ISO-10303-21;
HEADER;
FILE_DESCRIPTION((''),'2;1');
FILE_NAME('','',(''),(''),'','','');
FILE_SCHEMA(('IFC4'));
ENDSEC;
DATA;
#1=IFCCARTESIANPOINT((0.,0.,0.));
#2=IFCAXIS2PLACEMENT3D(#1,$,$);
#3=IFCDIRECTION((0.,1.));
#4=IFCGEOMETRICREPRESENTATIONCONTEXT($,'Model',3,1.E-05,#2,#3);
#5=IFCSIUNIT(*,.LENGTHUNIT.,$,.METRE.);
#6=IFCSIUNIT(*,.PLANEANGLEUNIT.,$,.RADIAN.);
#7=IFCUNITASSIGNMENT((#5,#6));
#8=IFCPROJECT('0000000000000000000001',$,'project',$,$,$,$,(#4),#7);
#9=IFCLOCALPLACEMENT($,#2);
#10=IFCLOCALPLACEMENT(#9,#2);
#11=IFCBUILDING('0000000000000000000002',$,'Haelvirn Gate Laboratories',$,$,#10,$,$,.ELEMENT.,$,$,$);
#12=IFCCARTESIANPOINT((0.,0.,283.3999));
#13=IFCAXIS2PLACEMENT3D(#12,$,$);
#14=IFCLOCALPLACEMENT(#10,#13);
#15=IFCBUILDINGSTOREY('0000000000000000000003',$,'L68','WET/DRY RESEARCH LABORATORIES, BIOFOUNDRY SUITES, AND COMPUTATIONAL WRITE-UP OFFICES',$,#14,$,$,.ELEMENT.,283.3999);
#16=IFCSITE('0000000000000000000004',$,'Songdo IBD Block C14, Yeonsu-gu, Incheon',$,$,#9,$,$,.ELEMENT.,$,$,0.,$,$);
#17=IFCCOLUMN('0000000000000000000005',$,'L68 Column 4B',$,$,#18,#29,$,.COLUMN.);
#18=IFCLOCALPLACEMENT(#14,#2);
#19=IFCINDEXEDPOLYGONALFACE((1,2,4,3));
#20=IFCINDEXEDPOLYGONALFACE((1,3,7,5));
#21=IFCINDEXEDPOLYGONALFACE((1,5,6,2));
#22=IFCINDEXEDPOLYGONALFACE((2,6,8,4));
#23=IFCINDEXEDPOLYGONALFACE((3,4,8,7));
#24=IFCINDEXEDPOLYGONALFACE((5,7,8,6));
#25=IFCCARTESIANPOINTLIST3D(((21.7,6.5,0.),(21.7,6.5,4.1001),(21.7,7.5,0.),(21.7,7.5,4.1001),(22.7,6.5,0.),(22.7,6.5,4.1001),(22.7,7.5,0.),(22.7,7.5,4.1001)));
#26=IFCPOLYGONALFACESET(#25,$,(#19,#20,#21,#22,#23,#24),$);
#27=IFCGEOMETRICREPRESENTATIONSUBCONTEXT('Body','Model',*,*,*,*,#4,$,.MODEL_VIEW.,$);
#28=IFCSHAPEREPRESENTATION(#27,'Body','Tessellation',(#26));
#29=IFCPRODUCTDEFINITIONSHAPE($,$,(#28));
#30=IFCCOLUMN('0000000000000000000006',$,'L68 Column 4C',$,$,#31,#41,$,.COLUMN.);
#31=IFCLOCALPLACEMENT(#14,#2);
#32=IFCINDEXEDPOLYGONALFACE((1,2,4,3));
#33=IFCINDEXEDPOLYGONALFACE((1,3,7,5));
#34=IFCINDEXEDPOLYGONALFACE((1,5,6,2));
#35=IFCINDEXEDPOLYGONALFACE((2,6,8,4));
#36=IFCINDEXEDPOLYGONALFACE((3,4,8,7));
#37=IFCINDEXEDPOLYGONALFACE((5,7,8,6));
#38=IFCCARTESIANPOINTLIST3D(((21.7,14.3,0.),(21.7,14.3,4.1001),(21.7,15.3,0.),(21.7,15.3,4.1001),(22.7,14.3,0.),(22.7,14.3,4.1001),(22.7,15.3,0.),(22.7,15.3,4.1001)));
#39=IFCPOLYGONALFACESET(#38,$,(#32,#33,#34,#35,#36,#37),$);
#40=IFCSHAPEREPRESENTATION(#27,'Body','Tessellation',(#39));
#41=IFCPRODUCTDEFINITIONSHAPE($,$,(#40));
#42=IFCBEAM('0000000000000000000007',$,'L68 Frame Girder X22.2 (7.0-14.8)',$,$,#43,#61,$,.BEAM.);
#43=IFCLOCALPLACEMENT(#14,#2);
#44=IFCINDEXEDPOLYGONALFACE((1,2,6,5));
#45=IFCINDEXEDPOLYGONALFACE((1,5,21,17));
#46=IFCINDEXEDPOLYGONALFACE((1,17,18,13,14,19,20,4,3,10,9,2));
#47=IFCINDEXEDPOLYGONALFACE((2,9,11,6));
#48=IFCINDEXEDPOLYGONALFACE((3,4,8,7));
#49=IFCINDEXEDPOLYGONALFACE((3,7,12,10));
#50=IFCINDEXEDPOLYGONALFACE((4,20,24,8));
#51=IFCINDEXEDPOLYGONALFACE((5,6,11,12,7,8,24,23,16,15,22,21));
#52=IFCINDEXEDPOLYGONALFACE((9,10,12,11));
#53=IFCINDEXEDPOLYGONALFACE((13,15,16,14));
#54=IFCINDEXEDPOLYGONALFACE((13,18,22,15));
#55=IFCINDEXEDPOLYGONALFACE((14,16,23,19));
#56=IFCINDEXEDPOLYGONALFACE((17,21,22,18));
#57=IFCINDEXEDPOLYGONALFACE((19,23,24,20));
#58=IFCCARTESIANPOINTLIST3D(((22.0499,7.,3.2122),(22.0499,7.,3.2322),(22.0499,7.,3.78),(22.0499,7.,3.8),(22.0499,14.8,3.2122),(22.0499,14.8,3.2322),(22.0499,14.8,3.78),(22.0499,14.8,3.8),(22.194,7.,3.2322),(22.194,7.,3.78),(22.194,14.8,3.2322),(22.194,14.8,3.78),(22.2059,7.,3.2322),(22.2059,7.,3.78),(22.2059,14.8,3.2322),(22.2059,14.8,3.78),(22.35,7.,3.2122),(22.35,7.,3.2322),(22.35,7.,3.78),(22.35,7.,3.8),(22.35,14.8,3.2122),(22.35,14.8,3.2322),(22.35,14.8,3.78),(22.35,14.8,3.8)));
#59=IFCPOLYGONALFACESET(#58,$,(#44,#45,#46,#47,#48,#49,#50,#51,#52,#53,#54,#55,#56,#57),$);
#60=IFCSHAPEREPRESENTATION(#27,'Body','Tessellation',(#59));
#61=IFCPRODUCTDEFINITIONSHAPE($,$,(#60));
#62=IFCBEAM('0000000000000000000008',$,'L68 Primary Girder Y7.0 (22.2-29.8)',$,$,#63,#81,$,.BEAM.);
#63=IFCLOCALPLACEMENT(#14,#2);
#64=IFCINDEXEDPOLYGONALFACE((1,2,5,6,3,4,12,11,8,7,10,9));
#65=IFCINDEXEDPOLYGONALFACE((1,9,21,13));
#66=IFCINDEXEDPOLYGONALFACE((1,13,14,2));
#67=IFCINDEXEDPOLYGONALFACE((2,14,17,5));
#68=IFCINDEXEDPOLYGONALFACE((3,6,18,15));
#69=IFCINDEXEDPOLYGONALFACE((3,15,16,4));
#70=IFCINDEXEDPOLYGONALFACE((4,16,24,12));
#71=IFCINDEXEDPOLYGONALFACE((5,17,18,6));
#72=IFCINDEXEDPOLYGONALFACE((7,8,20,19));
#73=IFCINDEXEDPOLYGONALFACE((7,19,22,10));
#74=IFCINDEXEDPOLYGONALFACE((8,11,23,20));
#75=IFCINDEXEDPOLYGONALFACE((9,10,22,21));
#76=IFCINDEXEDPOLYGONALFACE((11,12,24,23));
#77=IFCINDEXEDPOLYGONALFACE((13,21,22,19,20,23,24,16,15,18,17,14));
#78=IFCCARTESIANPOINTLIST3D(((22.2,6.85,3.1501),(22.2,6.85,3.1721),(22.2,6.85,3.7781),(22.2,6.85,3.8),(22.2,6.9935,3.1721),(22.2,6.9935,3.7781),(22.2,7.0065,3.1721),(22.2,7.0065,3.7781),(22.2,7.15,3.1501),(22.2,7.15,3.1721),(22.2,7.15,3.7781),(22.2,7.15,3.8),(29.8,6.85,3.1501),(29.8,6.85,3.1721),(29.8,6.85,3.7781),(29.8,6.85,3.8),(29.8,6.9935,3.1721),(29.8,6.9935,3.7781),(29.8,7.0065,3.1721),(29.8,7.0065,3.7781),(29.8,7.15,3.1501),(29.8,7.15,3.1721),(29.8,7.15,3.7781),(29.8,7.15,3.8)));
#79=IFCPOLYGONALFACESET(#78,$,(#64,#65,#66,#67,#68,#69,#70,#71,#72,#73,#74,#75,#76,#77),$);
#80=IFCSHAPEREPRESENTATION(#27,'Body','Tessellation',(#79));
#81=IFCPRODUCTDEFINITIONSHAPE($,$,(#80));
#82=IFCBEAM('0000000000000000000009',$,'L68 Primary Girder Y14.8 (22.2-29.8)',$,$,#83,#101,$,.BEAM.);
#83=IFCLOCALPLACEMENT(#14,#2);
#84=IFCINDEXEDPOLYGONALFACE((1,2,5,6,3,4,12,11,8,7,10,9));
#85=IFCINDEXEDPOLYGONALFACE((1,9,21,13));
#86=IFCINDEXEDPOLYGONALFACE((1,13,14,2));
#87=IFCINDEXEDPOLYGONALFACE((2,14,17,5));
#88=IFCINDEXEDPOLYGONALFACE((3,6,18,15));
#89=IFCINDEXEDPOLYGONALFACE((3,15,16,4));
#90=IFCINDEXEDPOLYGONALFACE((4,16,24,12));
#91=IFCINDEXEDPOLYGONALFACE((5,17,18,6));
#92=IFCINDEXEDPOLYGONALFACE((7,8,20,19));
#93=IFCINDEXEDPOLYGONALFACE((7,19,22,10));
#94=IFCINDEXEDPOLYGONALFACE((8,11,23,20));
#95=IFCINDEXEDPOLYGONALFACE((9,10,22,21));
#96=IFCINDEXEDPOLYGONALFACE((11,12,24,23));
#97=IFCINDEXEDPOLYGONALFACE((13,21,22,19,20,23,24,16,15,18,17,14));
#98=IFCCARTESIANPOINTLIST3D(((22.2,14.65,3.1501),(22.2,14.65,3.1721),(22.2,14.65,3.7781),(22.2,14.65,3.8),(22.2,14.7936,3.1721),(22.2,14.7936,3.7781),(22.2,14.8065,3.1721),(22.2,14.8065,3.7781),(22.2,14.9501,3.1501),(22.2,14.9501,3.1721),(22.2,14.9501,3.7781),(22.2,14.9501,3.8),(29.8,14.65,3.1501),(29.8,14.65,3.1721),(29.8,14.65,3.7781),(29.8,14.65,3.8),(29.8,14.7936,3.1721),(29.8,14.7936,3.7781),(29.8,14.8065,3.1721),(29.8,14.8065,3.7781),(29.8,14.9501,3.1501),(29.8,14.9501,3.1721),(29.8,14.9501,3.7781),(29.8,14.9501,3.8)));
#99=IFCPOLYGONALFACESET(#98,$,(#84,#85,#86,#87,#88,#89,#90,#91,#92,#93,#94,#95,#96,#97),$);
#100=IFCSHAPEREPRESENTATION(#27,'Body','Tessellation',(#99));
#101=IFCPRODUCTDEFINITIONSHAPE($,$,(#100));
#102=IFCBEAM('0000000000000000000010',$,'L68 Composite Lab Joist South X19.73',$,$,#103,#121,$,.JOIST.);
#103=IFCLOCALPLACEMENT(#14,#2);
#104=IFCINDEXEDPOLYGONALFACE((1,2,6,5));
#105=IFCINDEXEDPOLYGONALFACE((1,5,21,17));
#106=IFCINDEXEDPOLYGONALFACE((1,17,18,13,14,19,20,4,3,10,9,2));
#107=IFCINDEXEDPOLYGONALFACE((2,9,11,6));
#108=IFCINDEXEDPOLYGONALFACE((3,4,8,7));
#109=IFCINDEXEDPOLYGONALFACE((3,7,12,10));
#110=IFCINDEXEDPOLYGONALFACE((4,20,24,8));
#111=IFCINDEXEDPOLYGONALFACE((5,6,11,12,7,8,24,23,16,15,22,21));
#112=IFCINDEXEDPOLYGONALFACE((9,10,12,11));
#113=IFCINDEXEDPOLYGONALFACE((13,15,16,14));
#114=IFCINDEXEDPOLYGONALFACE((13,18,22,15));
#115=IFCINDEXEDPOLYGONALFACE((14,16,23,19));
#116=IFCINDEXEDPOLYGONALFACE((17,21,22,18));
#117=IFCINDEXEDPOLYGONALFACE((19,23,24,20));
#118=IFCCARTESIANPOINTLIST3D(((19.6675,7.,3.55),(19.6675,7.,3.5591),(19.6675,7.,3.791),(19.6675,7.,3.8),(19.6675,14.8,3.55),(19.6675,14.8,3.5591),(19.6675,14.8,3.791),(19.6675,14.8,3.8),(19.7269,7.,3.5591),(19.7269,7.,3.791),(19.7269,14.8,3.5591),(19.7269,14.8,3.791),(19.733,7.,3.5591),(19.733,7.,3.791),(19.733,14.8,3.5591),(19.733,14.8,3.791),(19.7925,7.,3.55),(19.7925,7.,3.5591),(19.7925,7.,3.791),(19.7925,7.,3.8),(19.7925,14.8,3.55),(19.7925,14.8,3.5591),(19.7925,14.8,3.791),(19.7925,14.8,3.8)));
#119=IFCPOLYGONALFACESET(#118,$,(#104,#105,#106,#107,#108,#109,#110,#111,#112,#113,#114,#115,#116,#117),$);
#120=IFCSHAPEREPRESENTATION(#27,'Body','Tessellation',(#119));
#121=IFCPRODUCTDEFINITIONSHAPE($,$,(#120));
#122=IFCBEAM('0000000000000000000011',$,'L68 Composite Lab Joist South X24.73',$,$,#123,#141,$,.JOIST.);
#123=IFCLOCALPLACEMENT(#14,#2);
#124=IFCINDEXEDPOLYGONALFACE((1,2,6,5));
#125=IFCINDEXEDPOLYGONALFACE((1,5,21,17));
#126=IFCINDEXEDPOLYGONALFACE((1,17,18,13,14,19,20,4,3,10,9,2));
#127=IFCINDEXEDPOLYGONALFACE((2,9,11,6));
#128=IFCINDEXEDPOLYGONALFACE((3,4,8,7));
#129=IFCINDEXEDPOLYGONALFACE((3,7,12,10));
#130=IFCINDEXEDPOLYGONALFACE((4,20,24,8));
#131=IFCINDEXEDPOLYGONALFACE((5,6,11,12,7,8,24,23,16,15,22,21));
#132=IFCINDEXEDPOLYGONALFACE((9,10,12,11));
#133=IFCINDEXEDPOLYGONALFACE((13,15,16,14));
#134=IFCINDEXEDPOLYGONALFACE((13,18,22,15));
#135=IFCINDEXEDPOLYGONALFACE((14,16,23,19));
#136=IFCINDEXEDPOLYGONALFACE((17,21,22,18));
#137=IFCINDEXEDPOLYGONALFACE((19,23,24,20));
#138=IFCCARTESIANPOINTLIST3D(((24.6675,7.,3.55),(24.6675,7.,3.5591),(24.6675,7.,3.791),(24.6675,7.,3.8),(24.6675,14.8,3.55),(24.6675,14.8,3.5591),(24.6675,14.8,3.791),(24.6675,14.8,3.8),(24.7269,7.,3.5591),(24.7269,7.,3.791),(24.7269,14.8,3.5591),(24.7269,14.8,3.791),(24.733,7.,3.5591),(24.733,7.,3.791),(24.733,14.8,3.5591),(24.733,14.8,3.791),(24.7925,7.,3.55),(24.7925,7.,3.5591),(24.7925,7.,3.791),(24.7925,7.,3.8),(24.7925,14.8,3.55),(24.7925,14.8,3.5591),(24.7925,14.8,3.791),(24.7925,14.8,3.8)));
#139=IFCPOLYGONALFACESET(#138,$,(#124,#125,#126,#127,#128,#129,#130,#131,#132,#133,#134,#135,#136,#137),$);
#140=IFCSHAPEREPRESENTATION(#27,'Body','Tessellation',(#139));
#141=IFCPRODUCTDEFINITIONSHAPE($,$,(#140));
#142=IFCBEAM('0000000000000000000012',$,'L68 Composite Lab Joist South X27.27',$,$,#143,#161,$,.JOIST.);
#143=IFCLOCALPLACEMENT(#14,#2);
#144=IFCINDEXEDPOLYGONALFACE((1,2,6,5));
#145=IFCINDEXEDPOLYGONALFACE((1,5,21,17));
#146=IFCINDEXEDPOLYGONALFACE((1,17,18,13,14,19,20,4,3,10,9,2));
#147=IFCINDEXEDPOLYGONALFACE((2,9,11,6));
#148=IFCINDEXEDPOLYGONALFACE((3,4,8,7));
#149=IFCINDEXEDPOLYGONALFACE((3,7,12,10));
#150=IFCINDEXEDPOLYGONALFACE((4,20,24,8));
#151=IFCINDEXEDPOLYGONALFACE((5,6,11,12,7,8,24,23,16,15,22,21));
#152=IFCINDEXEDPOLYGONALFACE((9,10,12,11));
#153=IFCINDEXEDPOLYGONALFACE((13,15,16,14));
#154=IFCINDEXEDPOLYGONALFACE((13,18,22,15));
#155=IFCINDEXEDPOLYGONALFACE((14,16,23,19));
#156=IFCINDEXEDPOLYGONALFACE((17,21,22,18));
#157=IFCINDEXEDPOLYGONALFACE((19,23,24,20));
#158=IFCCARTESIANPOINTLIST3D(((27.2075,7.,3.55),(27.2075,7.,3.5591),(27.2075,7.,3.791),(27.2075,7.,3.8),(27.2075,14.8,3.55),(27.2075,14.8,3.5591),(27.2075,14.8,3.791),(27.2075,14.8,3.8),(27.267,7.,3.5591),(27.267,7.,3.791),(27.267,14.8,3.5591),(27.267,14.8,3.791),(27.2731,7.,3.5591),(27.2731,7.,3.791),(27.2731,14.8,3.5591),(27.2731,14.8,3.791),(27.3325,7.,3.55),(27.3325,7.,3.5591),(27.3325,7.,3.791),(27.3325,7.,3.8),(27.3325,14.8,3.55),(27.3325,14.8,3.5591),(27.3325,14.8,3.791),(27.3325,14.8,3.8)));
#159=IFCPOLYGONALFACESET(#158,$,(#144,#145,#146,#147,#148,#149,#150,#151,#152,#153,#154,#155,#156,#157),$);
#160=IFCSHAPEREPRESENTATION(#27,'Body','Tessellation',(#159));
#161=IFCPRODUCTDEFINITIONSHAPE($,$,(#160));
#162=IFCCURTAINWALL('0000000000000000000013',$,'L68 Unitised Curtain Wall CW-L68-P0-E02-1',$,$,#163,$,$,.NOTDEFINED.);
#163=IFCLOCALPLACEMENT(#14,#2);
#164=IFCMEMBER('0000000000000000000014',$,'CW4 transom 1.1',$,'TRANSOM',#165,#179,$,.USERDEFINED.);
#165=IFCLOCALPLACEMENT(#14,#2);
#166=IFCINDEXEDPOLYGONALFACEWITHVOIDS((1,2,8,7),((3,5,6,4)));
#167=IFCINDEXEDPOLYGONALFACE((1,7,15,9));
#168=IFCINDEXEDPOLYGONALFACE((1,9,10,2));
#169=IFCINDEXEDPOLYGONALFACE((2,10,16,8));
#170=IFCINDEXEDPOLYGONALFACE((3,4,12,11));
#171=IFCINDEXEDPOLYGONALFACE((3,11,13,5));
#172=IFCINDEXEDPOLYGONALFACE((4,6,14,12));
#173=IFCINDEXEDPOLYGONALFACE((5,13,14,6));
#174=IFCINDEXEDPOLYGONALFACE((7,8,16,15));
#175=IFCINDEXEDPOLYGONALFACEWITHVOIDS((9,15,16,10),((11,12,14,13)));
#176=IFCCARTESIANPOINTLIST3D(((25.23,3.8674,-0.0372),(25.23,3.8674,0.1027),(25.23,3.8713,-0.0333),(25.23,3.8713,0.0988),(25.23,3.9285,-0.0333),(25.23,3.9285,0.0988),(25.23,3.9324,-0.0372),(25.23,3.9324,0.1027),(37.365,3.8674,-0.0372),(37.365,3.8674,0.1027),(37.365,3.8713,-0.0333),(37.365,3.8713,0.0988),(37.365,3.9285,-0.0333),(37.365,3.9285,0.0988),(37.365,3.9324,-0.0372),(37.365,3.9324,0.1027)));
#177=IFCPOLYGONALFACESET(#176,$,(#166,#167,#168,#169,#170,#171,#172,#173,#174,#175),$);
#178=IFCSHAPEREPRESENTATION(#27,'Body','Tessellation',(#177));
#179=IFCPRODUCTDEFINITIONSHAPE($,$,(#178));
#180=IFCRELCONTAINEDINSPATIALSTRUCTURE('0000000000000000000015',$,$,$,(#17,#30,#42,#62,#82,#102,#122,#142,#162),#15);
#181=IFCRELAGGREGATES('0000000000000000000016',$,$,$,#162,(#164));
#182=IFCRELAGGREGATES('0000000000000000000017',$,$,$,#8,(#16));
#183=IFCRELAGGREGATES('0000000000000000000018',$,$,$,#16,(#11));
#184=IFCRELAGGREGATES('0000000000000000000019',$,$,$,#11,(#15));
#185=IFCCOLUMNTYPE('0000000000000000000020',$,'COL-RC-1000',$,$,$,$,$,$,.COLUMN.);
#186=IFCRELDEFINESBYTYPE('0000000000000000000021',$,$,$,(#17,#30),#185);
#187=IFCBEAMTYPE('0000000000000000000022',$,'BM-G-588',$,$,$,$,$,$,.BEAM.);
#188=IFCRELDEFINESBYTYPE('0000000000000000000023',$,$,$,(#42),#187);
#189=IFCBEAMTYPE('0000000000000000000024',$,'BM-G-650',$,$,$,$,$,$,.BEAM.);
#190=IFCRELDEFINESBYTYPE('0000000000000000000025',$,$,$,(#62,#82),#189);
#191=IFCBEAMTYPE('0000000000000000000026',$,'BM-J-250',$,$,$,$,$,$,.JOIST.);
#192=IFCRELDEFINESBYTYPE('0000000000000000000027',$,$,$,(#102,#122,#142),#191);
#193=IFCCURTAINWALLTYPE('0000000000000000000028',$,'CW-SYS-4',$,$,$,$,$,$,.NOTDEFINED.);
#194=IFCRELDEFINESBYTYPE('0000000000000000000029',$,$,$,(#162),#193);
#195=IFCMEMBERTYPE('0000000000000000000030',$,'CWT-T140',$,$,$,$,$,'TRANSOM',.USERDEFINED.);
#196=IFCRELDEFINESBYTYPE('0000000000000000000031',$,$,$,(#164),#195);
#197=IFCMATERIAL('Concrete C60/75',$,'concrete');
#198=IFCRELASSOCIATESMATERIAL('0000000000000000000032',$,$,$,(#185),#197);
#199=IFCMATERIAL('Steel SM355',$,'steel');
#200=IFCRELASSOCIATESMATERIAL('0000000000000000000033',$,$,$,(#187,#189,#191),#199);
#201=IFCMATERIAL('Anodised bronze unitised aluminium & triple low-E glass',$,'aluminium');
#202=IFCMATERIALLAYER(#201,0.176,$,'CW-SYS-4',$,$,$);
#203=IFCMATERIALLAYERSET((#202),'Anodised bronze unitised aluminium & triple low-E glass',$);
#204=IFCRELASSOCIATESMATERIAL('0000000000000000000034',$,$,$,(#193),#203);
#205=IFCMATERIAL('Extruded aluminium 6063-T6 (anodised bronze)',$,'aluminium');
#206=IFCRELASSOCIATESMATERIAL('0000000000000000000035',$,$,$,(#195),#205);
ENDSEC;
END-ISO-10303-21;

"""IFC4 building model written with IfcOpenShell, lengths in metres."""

from ifc_helpers import new_model, si_unit, direction, frame, origin, origin_2d, place, context, subcontext, project, spatial, rectangle, hollow_rectangle, i_section, extrude, source, transform, mapped, material, layer, layer_set, material_profile, profile_set, type_object, type_shapes, element, aggregate, save


model = new_model("IFC4")

# Units and contexts
model_context = context("Model", 3, precision=1e-05, world=origin(), true_north=direction((0.0, 1.0)))
body_context = subcontext(model_context, "Body", "Model", "MODEL_VIEW")
ifc_project = project(units=[si_unit("LENGTHUNIT", "METRE"), si_unit("PLANEANGLEUNIT", "RADIAN")], contexts=[model_context])

# Site, building, storey
site_placement = place(None, origin())
site = spatial("IfcSite", under=ifc_project, at=site_placement, Name="Songdo IBD Block C14, Yeonsu-gu, Incheon", CompositionType="ELEMENT", RefElevation=0.0)
building_placement = place(site_placement, origin())
building = spatial("IfcBuilding", under=site, at=building_placement, Name="Haelvirn Gate Laboratories", CompositionType="ELEMENT")
storey_placement = place(building_placement, frame((0.0, 0.0, 283.3999)))
storey = spatial("IfcBuildingStorey", under=building, at=storey_placement, Name="L68", Description="WET/DRY RESEARCH LABORATORIES, BIOFOUNDRY SUITES, AND COMPUTATIONAL WRITE-UP OFFICES", CompositionType="ELEMENT", Elevation=283.3999)

# Columns
ifc_material_1 = material(Name="Concrete C60/75", Category="concrete")
ifc_material_profile_1 = material_profile(ifc_material_1, rectangle(XDim=1.0, YDim=1.0, at=origin_2d()), Name="RC-1000x1000")
ifc_profile_set_1 = profile_set([ifc_material_profile_1], Name="Concrete C60/75")
column_type = type_object("IfcColumnType", Name="COL-RC-1000", PredefinedType="COLUMN", material=ifc_profile_set_1)
shared_shape_1 = source(origin(), body_context, "Body", "SweptSolid", [
    extrude(rectangle(XDim=1.0, YDim=1.0, at=origin_2d()), origin(), (0.0, 0.0, 1.0), 4.1001),
])
type_shapes(column_type, [shared_shape_1])
for number, where, z_axis, x_axis, name in (
    (1, (22.2, 7.0, 0.0), (0.0, 0.0, 1.0), (1.0, 0.0, 0.0), "L68 Column 4B"),
    (2, (22.2, 14.8, 0.0), (0.0, 0.0, 1.0), (1.0, 0.0, 0.0), "L68 Column 4C"),
):
    element("IfcColumn", number, at=place(storey_placement, frame(where, z_axis=z_axis, x_axis=x_axis)), inside=storey, type_object=column_type, Name=name, PredefinedType="COLUMN", context=body_context, shape_type="MappedRepresentation", body=[
        mapped(shared_shape_1, transform((0.0, 0.0, 0.0), scale=1.0)),
    ])

# Beams
ifc_material_2 = material(Name="Steel SM355", Category="steel")
ifc_material_profile_2 = material_profile(ifc_material_2, i_section(OverallWidth=0.3, OverallDepth=0.5879, WebThickness=0.012, FlangeThickness=0.02, at=origin_2d()), Name="H-588x300x12x20")
ifc_profile_set_2 = profile_set([ifc_material_profile_2], Name="Steel SM355")
beam_type_1 = type_object("IfcBeamType", Name="BM-G-588", PredefinedType="BEAM", material=ifc_profile_set_2)
shared_shape_2 = source(origin(), body_context, "Body", "SweptSolid", [
    extrude(i_section(OverallWidth=0.3, OverallDepth=0.5879, WebThickness=0.012, FlangeThickness=0.02, at=origin_2d()), origin(), (0.0, 0.0, 1.0), 7.8),
])
type_shapes(beam_type_1, [shared_shape_2])
beam_placement = place(storey_placement, frame((22.2, 7.0, 3.5061), z_axis=(0.0, 1.0, 0.0), x_axis=(-1.0, 0.0, 0.0)))
element("IfcBeam", 3, at=beam_placement, inside=storey, type_object=beam_type_1, Name="L68 Frame Girder X22.2 (7.0-14.8)", PredefinedType="BEAM", context=body_context, shape_type="MappedRepresentation", body=[
    mapped(shared_shape_2, transform((0.0, 0.0, 0.0), scale=1.0)),
])
ifc_material_profile_3 = material_profile(ifc_material_2, i_section(OverallWidth=0.3, OverallDepth=0.6499, WebThickness=0.0129, FlangeThickness=0.022, at=origin_2d()), Name="H-650x300x13x22")
ifc_profile_set_3 = profile_set([ifc_material_profile_3], Name="Steel SM355")
beam_type_2 = type_object("IfcBeamType", Name="BM-G-650", PredefinedType="BEAM", material=ifc_profile_set_3)
shared_shape_3 = source(origin(), body_context, "Body", "SweptSolid", [
    extrude(i_section(OverallWidth=0.3, OverallDepth=0.6499, WebThickness=0.0129, FlangeThickness=0.022, at=origin_2d()), origin(), (0.0, 0.0, 1.0), 7.6001),
])
type_shapes(beam_type_2, [shared_shape_3])
for number, where, z_axis, x_axis, name in (
    (4, (22.2, 7.0, 3.4751), (1.0, 0.0, 0.0), (0.0, 1.0, 0.0), "L68 Primary Girder Y7.0 (22.2-29.8)"),
    (5, (22.2, 14.8, 3.4751), (1.0, 0.0, 0.0), (0.0, 1.0, 0.0), "L68 Primary Girder Y14.8 (22.2-29.8)"),
):
    element("IfcBeam", number, at=place(storey_placement, frame(where, z_axis=z_axis, x_axis=x_axis)), inside=storey, type_object=beam_type_2, Name=name, PredefinedType="BEAM", context=body_context, shape_type="MappedRepresentation", body=[
        mapped(shared_shape_3, transform((0.0, 0.0, 0.0), scale=1.0)),
    ])
ifc_material_profile_4 = material_profile(ifc_material_2, i_section(OverallWidth=0.125, OverallDepth=0.25, WebThickness=0.0061, FlangeThickness=0.009, at=origin_2d()), Name="H-250x125x6x9")
ifc_profile_set_4 = profile_set([ifc_material_profile_4], Name="Steel SM355")
beam_type_3 = type_object("IfcBeamType", Name="BM-J-250", PredefinedType="JOIST", material=ifc_profile_set_4)
shared_shape_4 = source(origin(), body_context, "Body", "SweptSolid", [
    extrude(i_section(OverallWidth=0.125, OverallDepth=0.25, WebThickness=0.0061, FlangeThickness=0.009, at=origin_2d()), origin(), (0.0, 0.0, 1.0), 7.8),
])
type_shapes(beam_type_3, [shared_shape_4])
for number, where, z_axis, x_axis, name in (
    (6, (19.73, 7.0, 3.675), (0.0, 1.0, 0.0), (-1.0, 0.0, 0.0), "L68 Composite Lab Joist South X19.73"),
    (7, (24.73, 7.0, 3.675), (0.0, 1.0, 0.0), (-1.0, 0.0, 0.0), "L68 Composite Lab Joist South X24.73"),
    (8, (27.27, 7.0, 3.675), (0.0, 1.0, 0.0), (-1.0, 0.0, 0.0), "L68 Composite Lab Joist South X27.27"),
):
    element("IfcBeam", number, at=place(storey_placement, frame(where, z_axis=z_axis, x_axis=x_axis)), inside=storey, type_object=beam_type_3, Name=name, PredefinedType="JOIST", context=body_context, shape_type="MappedRepresentation", body=[
        mapped(shared_shape_4, transform((0.0, 0.0, 0.0), scale=1.0)),
    ])

# Curtain wall, member
ifc_material_3 = material(Name="Anodised bronze unitised aluminium & triple low-E glass", Category="aluminium")
ifc_layer_1 = layer(ifc_material_3, 0.176, Name="CW-SYS-4")
ifc_layer_set_1 = layer_set([ifc_layer_1], Name="Anodised bronze unitised aluminium & triple low-E glass")
curtain_wall_type = type_object("IfcCurtainWallType", Name="CW-SYS-4", PredefinedType="NOTDEFINED", material=ifc_layer_set_1)
curtain_wall_1_placement = place(storey_placement, origin())
curtain_wall_1 = element("IfcCurtainWall", 9, at=curtain_wall_1_placement, inside=storey, type_object=curtain_wall_type, Name="L68 Unitised Curtain Wall CW-L68-P0-E02-1", PredefinedType="NOTDEFINED")
ifc_material_4 = material(Name="Extruded aluminium 6063-T6 (anodised bronze)", Category="aluminium")
ifc_material_profile_5 = material_profile(ifc_material_4, hollow_rectangle(XDim=0.0649, YDim=0.1399, WallThickness=0.0039, at=origin_2d()), Name="CWT-140x65x4")
ifc_profile_set_5 = profile_set([ifc_material_profile_5], Name="Extruded aluminium 6063-T6 (anodised bronze)")
member_type_1 = type_object("IfcMemberType", Name="CWT-T140", ElementType="TRANSOM", PredefinedType="USERDEFINED", material=ifc_profile_set_5)
shared_shape_5 = source(origin(), body_context, "Body", "SweptSolid", [
    extrude(hollow_rectangle(XDim=0.0649, YDim=0.1399, WallThickness=0.0039, at=origin_2d()), origin(), (0.0, 0.0, 1.0), 12.135),
])
member_1_placement = place(storey_placement, frame((25.23, 3.8999, 0.0327), z_axis=(1.0, 0.0, 0.0), x_axis=(0.0, 1.0, 0.0)))
member_1 = element("IfcMember", 10, at=member_1_placement, type_object=member_type_1, Name="CW4 transom 1.1", ObjectType="TRANSOM", PredefinedType="USERDEFINED", context=body_context, shape_type="MappedRepresentation", body=[
    mapped(shared_shape_5, transform((0.0, 0.0, 0.0), scale=1.0)),
])

aggregate(curtain_wall_1, [member_1])

save(model, "model.ifc")
